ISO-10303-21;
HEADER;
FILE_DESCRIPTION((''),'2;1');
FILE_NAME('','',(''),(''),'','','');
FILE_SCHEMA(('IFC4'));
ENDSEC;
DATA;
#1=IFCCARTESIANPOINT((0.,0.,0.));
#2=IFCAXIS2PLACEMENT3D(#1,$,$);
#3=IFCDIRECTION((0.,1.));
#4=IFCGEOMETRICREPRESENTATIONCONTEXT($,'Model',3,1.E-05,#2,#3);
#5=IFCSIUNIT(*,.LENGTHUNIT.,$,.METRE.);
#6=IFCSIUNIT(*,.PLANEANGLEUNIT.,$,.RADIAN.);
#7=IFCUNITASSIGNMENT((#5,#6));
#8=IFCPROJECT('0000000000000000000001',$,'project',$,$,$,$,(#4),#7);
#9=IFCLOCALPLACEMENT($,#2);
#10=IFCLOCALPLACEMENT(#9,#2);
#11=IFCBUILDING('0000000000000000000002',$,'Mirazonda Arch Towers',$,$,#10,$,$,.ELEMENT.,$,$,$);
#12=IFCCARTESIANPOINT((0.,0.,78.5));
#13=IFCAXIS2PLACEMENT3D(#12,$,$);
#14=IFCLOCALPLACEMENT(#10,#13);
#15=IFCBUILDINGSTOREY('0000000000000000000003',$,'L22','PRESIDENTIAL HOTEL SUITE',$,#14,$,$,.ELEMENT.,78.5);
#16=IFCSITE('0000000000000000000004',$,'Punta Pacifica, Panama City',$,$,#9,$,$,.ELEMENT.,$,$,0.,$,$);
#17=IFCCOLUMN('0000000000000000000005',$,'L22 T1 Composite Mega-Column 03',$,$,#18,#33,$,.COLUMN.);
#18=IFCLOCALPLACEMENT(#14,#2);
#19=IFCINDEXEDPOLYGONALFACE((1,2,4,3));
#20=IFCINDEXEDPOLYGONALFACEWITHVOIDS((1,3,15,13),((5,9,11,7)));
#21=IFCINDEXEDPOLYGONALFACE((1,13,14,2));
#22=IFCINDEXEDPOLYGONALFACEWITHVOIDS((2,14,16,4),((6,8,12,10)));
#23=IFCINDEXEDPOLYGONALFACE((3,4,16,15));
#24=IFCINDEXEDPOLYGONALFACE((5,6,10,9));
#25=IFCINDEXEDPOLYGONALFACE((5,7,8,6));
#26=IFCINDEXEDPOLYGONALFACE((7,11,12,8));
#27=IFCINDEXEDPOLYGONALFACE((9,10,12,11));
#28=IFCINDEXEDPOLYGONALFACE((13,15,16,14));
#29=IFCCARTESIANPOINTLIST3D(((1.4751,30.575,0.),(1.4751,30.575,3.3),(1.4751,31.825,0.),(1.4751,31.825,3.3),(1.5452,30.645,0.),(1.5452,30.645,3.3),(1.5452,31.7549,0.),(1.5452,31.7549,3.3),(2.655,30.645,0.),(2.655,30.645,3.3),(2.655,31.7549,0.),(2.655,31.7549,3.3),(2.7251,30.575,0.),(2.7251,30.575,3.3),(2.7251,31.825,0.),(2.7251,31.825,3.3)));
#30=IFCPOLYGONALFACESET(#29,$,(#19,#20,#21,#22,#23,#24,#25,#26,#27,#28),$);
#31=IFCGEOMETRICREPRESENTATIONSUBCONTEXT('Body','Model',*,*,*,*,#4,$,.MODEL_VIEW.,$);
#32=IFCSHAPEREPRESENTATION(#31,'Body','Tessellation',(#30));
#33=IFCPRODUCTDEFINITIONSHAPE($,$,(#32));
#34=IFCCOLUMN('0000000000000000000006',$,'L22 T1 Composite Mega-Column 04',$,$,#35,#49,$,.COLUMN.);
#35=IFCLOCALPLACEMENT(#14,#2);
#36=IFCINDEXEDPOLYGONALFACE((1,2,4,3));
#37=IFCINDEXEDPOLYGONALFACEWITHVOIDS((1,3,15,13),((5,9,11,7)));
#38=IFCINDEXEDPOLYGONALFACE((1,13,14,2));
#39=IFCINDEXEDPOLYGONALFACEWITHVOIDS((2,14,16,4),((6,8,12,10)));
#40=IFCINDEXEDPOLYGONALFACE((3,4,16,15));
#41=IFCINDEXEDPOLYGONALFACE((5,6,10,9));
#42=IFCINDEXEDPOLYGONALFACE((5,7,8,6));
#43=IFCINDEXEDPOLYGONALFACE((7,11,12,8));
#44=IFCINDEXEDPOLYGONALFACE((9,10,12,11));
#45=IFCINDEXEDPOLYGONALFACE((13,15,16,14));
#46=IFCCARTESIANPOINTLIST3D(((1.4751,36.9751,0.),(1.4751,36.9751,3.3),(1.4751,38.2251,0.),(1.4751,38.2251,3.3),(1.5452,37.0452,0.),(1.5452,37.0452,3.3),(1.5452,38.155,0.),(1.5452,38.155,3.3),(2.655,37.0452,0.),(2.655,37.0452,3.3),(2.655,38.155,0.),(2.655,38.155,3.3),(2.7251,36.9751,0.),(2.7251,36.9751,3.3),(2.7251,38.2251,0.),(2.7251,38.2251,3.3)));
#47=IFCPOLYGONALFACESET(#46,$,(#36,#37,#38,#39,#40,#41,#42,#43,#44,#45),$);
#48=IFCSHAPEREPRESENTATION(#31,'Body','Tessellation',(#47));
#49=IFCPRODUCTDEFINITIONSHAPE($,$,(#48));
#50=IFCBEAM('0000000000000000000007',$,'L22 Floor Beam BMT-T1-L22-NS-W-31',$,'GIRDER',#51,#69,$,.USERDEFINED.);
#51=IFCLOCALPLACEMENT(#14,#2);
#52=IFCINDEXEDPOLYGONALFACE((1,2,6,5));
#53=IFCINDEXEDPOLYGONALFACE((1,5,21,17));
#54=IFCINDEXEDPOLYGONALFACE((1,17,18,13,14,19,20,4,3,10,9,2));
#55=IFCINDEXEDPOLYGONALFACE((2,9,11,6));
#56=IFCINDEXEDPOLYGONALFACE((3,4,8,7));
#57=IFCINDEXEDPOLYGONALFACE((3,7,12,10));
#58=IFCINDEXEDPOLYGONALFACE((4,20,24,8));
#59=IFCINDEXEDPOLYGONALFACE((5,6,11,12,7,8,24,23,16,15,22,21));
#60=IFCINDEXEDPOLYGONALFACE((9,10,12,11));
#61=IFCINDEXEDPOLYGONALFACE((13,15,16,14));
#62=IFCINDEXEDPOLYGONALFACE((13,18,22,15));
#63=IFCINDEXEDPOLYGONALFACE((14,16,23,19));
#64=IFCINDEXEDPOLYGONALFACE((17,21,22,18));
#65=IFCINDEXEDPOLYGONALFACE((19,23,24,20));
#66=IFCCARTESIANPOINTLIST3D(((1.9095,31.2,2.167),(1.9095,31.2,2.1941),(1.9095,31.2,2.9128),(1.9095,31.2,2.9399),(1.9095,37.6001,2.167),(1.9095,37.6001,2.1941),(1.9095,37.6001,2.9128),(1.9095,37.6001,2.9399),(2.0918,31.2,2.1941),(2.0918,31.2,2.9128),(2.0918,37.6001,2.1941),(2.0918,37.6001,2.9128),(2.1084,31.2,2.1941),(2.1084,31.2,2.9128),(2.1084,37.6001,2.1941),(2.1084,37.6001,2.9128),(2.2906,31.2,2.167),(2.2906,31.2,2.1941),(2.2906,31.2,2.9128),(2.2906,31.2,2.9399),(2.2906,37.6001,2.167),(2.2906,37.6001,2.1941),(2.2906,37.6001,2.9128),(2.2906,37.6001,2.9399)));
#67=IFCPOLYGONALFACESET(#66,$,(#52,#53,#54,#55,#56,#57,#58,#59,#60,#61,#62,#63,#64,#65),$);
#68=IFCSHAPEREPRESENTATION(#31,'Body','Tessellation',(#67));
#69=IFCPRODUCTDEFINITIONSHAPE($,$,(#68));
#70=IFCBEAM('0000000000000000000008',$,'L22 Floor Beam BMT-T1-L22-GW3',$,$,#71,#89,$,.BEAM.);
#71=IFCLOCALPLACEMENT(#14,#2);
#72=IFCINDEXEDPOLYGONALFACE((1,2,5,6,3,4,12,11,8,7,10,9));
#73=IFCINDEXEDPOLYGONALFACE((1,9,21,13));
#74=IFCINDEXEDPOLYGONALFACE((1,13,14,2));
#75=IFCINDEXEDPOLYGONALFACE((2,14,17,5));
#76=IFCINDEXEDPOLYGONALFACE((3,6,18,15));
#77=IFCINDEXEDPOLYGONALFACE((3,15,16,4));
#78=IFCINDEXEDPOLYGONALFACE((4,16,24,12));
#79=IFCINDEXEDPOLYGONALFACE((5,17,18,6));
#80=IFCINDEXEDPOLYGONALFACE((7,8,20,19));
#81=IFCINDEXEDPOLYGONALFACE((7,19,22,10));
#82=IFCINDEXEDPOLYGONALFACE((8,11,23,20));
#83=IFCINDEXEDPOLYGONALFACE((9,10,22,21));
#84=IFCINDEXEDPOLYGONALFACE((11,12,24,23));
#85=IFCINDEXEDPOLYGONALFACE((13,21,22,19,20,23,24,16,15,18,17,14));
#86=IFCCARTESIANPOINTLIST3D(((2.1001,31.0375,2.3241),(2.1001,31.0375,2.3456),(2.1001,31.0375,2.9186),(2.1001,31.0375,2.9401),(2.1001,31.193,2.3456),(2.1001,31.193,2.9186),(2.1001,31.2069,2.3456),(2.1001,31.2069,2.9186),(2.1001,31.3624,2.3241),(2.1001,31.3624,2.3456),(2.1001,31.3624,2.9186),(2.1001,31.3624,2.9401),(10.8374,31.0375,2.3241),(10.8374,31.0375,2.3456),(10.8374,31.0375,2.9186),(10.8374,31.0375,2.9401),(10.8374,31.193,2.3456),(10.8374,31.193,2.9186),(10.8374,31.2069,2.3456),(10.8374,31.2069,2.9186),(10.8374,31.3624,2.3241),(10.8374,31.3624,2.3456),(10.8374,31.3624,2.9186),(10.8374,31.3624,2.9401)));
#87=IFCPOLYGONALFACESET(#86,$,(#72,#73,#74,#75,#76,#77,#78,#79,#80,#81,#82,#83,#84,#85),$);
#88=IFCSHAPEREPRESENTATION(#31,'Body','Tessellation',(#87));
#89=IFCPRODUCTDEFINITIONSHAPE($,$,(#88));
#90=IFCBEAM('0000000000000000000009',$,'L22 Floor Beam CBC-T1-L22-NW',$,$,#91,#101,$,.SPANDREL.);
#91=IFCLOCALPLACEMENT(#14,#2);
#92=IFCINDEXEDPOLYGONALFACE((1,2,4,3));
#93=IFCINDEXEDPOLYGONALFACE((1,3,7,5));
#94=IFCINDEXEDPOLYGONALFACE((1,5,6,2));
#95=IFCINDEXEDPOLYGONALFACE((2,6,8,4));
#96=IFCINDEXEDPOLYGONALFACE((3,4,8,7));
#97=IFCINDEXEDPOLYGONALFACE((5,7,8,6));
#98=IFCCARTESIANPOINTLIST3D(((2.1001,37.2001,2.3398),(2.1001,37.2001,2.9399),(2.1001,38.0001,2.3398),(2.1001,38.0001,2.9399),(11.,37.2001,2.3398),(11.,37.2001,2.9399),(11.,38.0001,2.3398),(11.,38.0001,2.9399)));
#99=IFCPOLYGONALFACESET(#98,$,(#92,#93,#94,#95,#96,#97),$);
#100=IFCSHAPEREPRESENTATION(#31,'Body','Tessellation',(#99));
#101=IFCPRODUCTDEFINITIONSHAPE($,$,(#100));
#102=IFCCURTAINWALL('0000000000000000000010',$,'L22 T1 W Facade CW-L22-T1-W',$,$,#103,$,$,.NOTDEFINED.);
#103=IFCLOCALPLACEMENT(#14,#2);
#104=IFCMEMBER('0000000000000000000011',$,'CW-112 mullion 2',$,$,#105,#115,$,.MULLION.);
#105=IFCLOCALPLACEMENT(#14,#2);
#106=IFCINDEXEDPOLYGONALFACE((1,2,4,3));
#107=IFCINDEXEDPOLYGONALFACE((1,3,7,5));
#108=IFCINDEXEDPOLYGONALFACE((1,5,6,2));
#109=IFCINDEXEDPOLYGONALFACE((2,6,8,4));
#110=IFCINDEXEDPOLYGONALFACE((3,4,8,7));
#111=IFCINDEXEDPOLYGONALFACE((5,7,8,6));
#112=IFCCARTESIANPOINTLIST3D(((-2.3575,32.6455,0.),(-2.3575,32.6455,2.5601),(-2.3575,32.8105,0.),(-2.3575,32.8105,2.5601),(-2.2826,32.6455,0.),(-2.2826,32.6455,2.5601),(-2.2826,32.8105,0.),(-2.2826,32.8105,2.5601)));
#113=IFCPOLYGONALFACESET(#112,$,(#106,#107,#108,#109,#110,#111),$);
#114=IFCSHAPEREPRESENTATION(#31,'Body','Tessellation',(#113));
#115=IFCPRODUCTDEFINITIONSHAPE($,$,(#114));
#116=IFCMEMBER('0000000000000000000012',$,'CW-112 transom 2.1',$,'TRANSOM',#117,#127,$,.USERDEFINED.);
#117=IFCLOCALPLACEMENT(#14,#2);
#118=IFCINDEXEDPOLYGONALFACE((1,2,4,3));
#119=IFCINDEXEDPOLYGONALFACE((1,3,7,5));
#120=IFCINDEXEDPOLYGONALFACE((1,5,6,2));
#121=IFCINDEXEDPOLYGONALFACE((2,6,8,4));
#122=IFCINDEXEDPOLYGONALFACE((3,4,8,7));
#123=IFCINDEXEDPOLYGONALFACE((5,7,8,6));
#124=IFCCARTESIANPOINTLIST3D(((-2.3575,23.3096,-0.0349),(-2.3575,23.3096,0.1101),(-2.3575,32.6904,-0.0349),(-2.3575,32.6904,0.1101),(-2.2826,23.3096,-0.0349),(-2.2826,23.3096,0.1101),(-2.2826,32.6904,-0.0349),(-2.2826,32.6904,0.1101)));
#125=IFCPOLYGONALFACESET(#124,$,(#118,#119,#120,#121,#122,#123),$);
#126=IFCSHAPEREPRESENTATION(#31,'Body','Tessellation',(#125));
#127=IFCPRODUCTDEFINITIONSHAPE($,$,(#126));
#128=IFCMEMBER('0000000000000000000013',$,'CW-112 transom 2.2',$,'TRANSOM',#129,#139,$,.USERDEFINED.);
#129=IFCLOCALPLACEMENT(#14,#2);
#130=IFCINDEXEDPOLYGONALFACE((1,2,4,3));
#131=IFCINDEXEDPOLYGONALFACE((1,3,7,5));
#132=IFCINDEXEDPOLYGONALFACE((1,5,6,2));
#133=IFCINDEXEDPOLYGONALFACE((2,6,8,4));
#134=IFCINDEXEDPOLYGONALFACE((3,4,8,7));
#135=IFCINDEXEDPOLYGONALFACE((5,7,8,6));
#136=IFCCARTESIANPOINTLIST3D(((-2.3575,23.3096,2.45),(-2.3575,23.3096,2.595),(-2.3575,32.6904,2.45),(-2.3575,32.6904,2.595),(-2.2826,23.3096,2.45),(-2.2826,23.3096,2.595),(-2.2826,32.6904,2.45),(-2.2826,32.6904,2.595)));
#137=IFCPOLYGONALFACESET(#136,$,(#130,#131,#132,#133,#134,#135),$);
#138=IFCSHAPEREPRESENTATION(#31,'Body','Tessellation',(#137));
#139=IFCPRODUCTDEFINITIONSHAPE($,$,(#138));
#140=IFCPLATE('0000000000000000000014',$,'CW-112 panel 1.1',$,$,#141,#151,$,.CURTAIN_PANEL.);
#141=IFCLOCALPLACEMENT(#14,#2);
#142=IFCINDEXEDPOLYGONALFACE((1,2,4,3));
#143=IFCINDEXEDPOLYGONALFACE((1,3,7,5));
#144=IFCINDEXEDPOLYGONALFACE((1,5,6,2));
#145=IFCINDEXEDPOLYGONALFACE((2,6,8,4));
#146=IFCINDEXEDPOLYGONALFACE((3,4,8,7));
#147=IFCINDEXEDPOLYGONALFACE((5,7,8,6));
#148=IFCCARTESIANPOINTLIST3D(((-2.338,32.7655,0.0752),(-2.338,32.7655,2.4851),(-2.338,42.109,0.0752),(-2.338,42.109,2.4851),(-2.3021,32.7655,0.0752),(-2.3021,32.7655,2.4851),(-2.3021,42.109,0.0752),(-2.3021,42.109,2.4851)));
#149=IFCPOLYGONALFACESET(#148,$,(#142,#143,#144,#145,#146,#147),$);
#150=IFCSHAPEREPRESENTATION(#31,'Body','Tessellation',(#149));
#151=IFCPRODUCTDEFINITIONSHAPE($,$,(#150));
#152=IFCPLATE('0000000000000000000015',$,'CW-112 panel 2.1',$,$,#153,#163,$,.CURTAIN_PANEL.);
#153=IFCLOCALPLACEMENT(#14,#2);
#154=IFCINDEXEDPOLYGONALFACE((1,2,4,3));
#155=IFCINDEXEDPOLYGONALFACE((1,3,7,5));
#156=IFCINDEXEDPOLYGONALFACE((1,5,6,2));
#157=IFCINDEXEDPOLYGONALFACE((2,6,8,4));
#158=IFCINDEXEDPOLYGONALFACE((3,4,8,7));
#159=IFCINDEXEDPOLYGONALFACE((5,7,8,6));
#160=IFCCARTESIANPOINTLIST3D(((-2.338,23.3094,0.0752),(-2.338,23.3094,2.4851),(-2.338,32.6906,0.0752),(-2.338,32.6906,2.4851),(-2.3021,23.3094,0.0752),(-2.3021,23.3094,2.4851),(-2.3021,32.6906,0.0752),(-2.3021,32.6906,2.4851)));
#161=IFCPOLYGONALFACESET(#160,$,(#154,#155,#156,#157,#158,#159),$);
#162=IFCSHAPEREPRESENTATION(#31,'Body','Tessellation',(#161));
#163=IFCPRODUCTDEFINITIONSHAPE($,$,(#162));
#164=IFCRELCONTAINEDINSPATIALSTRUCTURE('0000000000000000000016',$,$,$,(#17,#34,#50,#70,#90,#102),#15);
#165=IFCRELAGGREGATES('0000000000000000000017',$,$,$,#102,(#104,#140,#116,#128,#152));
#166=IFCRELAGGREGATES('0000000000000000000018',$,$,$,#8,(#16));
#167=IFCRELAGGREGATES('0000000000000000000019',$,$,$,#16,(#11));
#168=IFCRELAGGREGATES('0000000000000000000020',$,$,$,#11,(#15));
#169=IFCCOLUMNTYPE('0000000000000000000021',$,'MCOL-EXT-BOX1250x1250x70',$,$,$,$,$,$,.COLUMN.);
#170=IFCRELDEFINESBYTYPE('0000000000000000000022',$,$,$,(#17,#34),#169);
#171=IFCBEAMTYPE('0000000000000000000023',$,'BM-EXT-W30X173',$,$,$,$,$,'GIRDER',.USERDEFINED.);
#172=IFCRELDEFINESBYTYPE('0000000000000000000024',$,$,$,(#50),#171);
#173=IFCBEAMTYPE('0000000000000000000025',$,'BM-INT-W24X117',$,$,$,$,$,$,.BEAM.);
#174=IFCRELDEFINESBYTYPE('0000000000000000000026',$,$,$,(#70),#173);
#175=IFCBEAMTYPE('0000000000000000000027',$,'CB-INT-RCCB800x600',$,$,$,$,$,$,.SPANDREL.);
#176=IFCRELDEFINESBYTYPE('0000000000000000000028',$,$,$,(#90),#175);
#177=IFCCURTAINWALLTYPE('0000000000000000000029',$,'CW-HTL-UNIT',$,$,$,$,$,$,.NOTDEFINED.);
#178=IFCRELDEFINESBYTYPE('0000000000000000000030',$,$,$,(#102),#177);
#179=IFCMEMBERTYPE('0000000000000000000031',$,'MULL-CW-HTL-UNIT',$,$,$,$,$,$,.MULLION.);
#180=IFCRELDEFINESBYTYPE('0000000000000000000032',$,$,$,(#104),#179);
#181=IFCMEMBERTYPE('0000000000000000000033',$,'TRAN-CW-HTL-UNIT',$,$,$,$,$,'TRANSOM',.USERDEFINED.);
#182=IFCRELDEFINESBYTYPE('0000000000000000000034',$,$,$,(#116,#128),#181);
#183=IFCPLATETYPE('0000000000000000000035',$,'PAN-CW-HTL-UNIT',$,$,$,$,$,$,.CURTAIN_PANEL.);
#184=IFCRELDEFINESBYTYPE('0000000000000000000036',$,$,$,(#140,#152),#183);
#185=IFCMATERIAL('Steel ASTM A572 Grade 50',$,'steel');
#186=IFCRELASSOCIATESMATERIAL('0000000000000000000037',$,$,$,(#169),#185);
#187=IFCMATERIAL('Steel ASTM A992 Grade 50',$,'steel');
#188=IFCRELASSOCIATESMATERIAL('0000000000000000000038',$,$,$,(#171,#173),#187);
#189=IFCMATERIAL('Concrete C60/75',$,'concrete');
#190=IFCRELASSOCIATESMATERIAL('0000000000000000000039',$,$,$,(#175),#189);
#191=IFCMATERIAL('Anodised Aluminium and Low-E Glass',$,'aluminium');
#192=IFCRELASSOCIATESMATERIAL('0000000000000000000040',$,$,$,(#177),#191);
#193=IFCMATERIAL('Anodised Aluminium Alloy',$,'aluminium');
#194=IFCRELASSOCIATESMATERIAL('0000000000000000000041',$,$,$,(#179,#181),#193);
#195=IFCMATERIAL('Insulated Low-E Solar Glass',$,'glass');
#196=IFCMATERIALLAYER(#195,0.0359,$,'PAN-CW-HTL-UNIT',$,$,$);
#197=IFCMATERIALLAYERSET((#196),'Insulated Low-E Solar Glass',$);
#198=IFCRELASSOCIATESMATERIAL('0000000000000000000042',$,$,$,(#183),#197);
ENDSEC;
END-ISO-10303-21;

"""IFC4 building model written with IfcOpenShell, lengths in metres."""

from ifc_helpers import new_model, si_unit, direction, frame, origin, origin_2d, place, context, subcontext, project, spatial, rectangle, hollow_rectangle, i_section, extrude, material, layer, layer_set, material_profile, profile_set, type_object, element, aggregate, save


model = new_model("IFC4")

# Units and contexts
model_context = context("Model", 3, precision=1e-05, world=origin(), true_north=direction((0.0, 1.0)))
body_context = subcontext(model_context, "Body", "Model", "MODEL_VIEW")
ifc_project = project(units=[si_unit("LENGTHUNIT", "METRE"), si_unit("PLANEANGLEUNIT", "RADIAN")], contexts=[model_context])

# Site, building, storey
site_placement = place(None, origin())
site = spatial("IfcSite", under=ifc_project, at=site_placement, Name="Punta Pacifica, Panama City", CompositionType="ELEMENT", RefElevation=0.0)
building_placement = place(site_placement, origin())
building = spatial("IfcBuilding", under=site, at=building_placement, Name="Mirazonda Arch Towers", CompositionType="ELEMENT")
storey_placement = place(building_placement, frame((0.0, 0.0, 78.5)))
storey = spatial("IfcBuildingStorey", under=building, at=storey_placement, Name="L22", Description="PRESIDENTIAL HOTEL SUITE", CompositionType="ELEMENT", Elevation=78.5)

# Columns
ifc_material_1 = material(Name="Steel ASTM A572 Grade 50", Category="steel")
ifc_material_profile_1 = material_profile(ifc_material_1, hollow_rectangle(XDim=1.25, YDim=1.25, WallThickness=0.0701, at=origin_2d()), Name="BOX1250x1250x70")
ifc_profile_set_1 = profile_set([ifc_material_profile_1], Name="Steel ASTM A572 Grade 50")
column_type = type_object("IfcColumnType", Name="MCOL-EXT-BOX1250x1250x70", PredefinedType="COLUMN", material=ifc_profile_set_1)
for number, where, z_axis, x_axis, name in (
    (1, (2.1001, 31.2, 0.0), (0.0, 0.0, 1.0), (1.0, 0.0, 0.0), "L22 T1 Composite Mega-Column 03"),
    (2, (2.1001, 37.6001, 0.0), (0.0, 0.0, 1.0), (1.0, 0.0, 0.0), "L22 T1 Composite Mega-Column 04"),
):
    element("IfcColumn", number, at=place(storey_placement, frame(where, z_axis=z_axis, x_axis=x_axis)), inside=storey, type_object=column_type, Name=name, PredefinedType="COLUMN", context=body_context, shape_type="SweptSolid", body=[
        extrude(hollow_rectangle(XDim=1.25, YDim=1.25, WallThickness=0.0701, at=origin_2d()), origin(), (0.0, 0.0, 1.0), 3.3),
    ])

# Beams
ifc_material_2 = material(Name="Steel ASTM A992 Grade 50", Category="steel")
ifc_material_profile_2 = material_profile(ifc_material_2, i_section(OverallWidth=0.3811, OverallDepth=0.7729, WebThickness=0.0166, FlangeThickness=0.0271, at=origin_2d()), Name="W30X173")
ifc_profile_set_2 = profile_set([ifc_material_profile_2], Name="Steel ASTM A992 Grade 50")
beam_type_1 = type_object("IfcBeamType", Name="BM-EXT-W30X173", ElementType="GIRDER", PredefinedType="USERDEFINED", material=ifc_profile_set_2)
beam_1_placement = place(storey_placement, frame((2.1001, 31.2, 2.5535), z_axis=(0.0, 1.0, 0.0), x_axis=(-1.0, 0.0, 0.0)))
element("IfcBeam", 3, at=beam_1_placement, inside=storey, type_object=beam_type_1, Name="L22 Floor Beam BMT-T1-L22-NS-W-31", ObjectType="GIRDER", PredefinedType="USERDEFINED", context=body_context, shape_type="SweptSolid", body=[
    extrude(i_section(OverallWidth=0.3811, OverallDepth=0.7729, WebThickness=0.0166, FlangeThickness=0.0271, at=origin_2d()), origin(), (0.0, 0.0, 1.0), 6.4001),
])
ifc_material_profile_3 = material_profile(ifc_material_2, i_section(OverallWidth=0.325, OverallDepth=0.616, WebThickness=0.0139, FlangeThickness=0.0215, at=origin_2d()), Name="W24X117")
ifc_profile_set_3 = profile_set([ifc_material_profile_3], Name="Steel ASTM A992 Grade 50")
beam_type_2 = type_object("IfcBeamType", Name="BM-INT-W24X117", PredefinedType="BEAM", material=ifc_profile_set_3)
beam_2_placement = place(storey_placement, frame((2.1001, 31.2, 2.6321), z_axis=(1.0, 0.0, 0.0), x_axis=(0.0, 1.0, 0.0)))
element("IfcBeam", 4, at=beam_2_placement, inside=storey, type_object=beam_type_2, Name="L22 Floor Beam BMT-T1-L22-GW3", PredefinedType="BEAM", context=body_context, shape_type="SweptSolid", body=[
    extrude(i_section(OverallWidth=0.325, OverallDepth=0.616, WebThickness=0.0139, FlangeThickness=0.0215, at=origin_2d()), origin(), (0.0, 0.0, 1.0), 8.7373),
])
ifc_material_3 = material(Name="Concrete C60/75", Category="concrete")
ifc_material_profile_4 = material_profile(ifc_material_3, rectangle(XDim=0.8, YDim=0.6001, at=origin_2d()), Name="RCCB800x600")
ifc_profile_set_4 = profile_set([ifc_material_profile_4], Name="Concrete C60/75")
beam_type_3 = type_object("IfcBeamType", Name="CB-INT-RCCB800x600", PredefinedType="SPANDREL", material=ifc_profile_set_4)
beam_3_placement = place(storey_placement, frame((2.1001, 37.6001, 2.6399), z_axis=(1.0, 0.0, 0.0), x_axis=(0.0, 1.0, 0.0)))
element("IfcBeam", 5, at=beam_3_placement, inside=storey, type_object=beam_type_3, Name="L22 Floor Beam CBC-T1-L22-NW", PredefinedType="SPANDREL", context=body_context, shape_type="SweptSolid", body=[
    extrude(rectangle(XDim=0.8, YDim=0.6001, at=origin_2d()), origin(), (0.0, 0.0, 1.0), 8.8999),
])

# Curtain wall, members, plates
ifc_material_4 = material(Name="Anodised Aluminium and Low-E Glass", Category="aluminium")
curtain_wall_type = type_object("IfcCurtainWallType", Name="CW-HTL-UNIT", PredefinedType="NOTDEFINED", material=ifc_material_4)
curtain_wall_placement = place(storey_placement, origin())
curtain_wall = element("IfcCurtainWall", 6, at=curtain_wall_placement, inside=storey, type_object=curtain_wall_type, Name="L22 T1 W Facade CW-L22-T1-W", PredefinedType="NOTDEFINED")
ifc_material_5 = material(Name="Anodised Aluminium Alloy", Category="aluminium")
ifc_material_profile_5 = material_profile(ifc_material_5, rectangle(XDim=0.075, YDim=0.165, at=origin_2d()), Name="ALU-MULL-75x165")
ifc_profile_set_5 = profile_set([ifc_material_profile_5], Name="Anodised Aluminium Alloy")
member_type_1 = type_object("IfcMemberType", Name="MULL-CW-HTL-UNIT", PredefinedType="MULLION", material=ifc_profile_set_5)
member_1_placement = place(storey_placement, frame((-2.3201, 32.728, 0.0), z_axis=(0.0, 0.0, 1.0), x_axis=(1.0, 0.0, 0.0)))
member_1 = element("IfcMember", 7, at=member_1_placement, type_object=member_type_1, Name="CW-112 mullion 2", PredefinedType="MULLION", context=body_context, shape_type="SweptSolid", body=[
    extrude(rectangle(XDim=0.075, YDim=0.165, at=origin_2d()), origin(), (0.0, 0.0, 1.0), 2.5601),
])
ifc_material_profile_6 = material_profile(ifc_material_5, rectangle(XDim=0.075, YDim=0.145, at=origin_2d()), Name="ALU-TRAN-75x145")
ifc_profile_set_6 = profile_set([ifc_material_profile_6], Name="Anodised Aluminium Alloy")
member_type_2 = type_object("IfcMemberType", Name="TRAN-CW-HTL-UNIT", ElementType="TRANSOM", PredefinedType="USERDEFINED", material=ifc_profile_set_6)
member_2_placement = place(storey_placement, frame((-2.3201, 32.6904, 0.0376), z_axis=(0.0, -1.0, 0.0), x_axis=(1.0, 0.0, 0.0)))
member_2 = element("IfcMember", 8, at=member_2_placement, type_object=member_type_2, Name="CW-112 transom 2.1", ObjectType="TRANSOM", PredefinedType="USERDEFINED", context=body_context, shape_type="SweptSolid", body=[
    extrude(rectangle(XDim=0.075, YDim=0.145, at=origin_2d()), origin(), (0.0, 0.0, 1.0), 9.3809),
])
member_3_placement = place(storey_placement, frame((-2.3201, 32.6904, 2.5225), z_axis=(0.0, -1.0, 0.0), x_axis=(1.0, 0.0, 0.0)))
member_3 = element("IfcMember", 9, at=member_3_placement, type_object=member_type_2, Name="CW-112 transom 2.2", ObjectType="TRANSOM", PredefinedType="USERDEFINED", context=body_context, shape_type="SweptSolid", body=[
    extrude(rectangle(XDim=0.075, YDim=0.145, at=origin_2d()), origin(), (0.0, 0.0, 1.0), 9.3809),
])
ifc_material_6 = material(Name="Insulated Low-E Solar Glass", Category="glass")
ifc_layer_1 = layer(ifc_material_6, 0.0359, Name="PAN-CW-HTL-UNIT")
ifc_layer_set_1 = layer_set([ifc_layer_1], Name="Insulated Low-E Solar Glass")
plate_type = type_object("IfcPlateType", Name="PAN-CW-HTL-UNIT", PredefinedType="CURTAIN_PANEL", material=ifc_layer_set_1)
plate_1_placement = place(storey_placement, frame((-2.3201, 37.4373, 0.0752), z_axis=(0.0, 0.0, 1.0), x_axis=(0.0, -1.0, 0.0)))
plate_1 = element("IfcPlate", 10, at=plate_1_placement, type_object=plate_type, Name="CW-112 panel 1.1", PredefinedType="CURTAIN_PANEL", context=body_context, shape_type="SweptSolid", body=[
    extrude(rectangle(XDim=9.3435, YDim=0.0359, at=origin_2d()), origin(), (0.0, 0.0, 1.0), 2.4099),
])
plate_2_placement = place(storey_placement, frame((-2.3201, 28.0, 0.0752), z_axis=(0.0, 0.0, 1.0), x_axis=(0.0, -1.0, 0.0)))
plate_2 = element("IfcPlate", 11, at=plate_2_placement, type_object=plate_type, Name="CW-112 panel 2.1", PredefinedType="CURTAIN_PANEL", context=body_context, shape_type="SweptSolid", body=[
    extrude(rectangle(XDim=9.3811, YDim=0.0359, at=origin_2d()), origin(), (0.0, 0.0, 1.0), 2.4099),
])
aggregate(curtain_wall, [member_1, plate_1, member_2, member_3, plate_2])

save(model, "model.ifc")
